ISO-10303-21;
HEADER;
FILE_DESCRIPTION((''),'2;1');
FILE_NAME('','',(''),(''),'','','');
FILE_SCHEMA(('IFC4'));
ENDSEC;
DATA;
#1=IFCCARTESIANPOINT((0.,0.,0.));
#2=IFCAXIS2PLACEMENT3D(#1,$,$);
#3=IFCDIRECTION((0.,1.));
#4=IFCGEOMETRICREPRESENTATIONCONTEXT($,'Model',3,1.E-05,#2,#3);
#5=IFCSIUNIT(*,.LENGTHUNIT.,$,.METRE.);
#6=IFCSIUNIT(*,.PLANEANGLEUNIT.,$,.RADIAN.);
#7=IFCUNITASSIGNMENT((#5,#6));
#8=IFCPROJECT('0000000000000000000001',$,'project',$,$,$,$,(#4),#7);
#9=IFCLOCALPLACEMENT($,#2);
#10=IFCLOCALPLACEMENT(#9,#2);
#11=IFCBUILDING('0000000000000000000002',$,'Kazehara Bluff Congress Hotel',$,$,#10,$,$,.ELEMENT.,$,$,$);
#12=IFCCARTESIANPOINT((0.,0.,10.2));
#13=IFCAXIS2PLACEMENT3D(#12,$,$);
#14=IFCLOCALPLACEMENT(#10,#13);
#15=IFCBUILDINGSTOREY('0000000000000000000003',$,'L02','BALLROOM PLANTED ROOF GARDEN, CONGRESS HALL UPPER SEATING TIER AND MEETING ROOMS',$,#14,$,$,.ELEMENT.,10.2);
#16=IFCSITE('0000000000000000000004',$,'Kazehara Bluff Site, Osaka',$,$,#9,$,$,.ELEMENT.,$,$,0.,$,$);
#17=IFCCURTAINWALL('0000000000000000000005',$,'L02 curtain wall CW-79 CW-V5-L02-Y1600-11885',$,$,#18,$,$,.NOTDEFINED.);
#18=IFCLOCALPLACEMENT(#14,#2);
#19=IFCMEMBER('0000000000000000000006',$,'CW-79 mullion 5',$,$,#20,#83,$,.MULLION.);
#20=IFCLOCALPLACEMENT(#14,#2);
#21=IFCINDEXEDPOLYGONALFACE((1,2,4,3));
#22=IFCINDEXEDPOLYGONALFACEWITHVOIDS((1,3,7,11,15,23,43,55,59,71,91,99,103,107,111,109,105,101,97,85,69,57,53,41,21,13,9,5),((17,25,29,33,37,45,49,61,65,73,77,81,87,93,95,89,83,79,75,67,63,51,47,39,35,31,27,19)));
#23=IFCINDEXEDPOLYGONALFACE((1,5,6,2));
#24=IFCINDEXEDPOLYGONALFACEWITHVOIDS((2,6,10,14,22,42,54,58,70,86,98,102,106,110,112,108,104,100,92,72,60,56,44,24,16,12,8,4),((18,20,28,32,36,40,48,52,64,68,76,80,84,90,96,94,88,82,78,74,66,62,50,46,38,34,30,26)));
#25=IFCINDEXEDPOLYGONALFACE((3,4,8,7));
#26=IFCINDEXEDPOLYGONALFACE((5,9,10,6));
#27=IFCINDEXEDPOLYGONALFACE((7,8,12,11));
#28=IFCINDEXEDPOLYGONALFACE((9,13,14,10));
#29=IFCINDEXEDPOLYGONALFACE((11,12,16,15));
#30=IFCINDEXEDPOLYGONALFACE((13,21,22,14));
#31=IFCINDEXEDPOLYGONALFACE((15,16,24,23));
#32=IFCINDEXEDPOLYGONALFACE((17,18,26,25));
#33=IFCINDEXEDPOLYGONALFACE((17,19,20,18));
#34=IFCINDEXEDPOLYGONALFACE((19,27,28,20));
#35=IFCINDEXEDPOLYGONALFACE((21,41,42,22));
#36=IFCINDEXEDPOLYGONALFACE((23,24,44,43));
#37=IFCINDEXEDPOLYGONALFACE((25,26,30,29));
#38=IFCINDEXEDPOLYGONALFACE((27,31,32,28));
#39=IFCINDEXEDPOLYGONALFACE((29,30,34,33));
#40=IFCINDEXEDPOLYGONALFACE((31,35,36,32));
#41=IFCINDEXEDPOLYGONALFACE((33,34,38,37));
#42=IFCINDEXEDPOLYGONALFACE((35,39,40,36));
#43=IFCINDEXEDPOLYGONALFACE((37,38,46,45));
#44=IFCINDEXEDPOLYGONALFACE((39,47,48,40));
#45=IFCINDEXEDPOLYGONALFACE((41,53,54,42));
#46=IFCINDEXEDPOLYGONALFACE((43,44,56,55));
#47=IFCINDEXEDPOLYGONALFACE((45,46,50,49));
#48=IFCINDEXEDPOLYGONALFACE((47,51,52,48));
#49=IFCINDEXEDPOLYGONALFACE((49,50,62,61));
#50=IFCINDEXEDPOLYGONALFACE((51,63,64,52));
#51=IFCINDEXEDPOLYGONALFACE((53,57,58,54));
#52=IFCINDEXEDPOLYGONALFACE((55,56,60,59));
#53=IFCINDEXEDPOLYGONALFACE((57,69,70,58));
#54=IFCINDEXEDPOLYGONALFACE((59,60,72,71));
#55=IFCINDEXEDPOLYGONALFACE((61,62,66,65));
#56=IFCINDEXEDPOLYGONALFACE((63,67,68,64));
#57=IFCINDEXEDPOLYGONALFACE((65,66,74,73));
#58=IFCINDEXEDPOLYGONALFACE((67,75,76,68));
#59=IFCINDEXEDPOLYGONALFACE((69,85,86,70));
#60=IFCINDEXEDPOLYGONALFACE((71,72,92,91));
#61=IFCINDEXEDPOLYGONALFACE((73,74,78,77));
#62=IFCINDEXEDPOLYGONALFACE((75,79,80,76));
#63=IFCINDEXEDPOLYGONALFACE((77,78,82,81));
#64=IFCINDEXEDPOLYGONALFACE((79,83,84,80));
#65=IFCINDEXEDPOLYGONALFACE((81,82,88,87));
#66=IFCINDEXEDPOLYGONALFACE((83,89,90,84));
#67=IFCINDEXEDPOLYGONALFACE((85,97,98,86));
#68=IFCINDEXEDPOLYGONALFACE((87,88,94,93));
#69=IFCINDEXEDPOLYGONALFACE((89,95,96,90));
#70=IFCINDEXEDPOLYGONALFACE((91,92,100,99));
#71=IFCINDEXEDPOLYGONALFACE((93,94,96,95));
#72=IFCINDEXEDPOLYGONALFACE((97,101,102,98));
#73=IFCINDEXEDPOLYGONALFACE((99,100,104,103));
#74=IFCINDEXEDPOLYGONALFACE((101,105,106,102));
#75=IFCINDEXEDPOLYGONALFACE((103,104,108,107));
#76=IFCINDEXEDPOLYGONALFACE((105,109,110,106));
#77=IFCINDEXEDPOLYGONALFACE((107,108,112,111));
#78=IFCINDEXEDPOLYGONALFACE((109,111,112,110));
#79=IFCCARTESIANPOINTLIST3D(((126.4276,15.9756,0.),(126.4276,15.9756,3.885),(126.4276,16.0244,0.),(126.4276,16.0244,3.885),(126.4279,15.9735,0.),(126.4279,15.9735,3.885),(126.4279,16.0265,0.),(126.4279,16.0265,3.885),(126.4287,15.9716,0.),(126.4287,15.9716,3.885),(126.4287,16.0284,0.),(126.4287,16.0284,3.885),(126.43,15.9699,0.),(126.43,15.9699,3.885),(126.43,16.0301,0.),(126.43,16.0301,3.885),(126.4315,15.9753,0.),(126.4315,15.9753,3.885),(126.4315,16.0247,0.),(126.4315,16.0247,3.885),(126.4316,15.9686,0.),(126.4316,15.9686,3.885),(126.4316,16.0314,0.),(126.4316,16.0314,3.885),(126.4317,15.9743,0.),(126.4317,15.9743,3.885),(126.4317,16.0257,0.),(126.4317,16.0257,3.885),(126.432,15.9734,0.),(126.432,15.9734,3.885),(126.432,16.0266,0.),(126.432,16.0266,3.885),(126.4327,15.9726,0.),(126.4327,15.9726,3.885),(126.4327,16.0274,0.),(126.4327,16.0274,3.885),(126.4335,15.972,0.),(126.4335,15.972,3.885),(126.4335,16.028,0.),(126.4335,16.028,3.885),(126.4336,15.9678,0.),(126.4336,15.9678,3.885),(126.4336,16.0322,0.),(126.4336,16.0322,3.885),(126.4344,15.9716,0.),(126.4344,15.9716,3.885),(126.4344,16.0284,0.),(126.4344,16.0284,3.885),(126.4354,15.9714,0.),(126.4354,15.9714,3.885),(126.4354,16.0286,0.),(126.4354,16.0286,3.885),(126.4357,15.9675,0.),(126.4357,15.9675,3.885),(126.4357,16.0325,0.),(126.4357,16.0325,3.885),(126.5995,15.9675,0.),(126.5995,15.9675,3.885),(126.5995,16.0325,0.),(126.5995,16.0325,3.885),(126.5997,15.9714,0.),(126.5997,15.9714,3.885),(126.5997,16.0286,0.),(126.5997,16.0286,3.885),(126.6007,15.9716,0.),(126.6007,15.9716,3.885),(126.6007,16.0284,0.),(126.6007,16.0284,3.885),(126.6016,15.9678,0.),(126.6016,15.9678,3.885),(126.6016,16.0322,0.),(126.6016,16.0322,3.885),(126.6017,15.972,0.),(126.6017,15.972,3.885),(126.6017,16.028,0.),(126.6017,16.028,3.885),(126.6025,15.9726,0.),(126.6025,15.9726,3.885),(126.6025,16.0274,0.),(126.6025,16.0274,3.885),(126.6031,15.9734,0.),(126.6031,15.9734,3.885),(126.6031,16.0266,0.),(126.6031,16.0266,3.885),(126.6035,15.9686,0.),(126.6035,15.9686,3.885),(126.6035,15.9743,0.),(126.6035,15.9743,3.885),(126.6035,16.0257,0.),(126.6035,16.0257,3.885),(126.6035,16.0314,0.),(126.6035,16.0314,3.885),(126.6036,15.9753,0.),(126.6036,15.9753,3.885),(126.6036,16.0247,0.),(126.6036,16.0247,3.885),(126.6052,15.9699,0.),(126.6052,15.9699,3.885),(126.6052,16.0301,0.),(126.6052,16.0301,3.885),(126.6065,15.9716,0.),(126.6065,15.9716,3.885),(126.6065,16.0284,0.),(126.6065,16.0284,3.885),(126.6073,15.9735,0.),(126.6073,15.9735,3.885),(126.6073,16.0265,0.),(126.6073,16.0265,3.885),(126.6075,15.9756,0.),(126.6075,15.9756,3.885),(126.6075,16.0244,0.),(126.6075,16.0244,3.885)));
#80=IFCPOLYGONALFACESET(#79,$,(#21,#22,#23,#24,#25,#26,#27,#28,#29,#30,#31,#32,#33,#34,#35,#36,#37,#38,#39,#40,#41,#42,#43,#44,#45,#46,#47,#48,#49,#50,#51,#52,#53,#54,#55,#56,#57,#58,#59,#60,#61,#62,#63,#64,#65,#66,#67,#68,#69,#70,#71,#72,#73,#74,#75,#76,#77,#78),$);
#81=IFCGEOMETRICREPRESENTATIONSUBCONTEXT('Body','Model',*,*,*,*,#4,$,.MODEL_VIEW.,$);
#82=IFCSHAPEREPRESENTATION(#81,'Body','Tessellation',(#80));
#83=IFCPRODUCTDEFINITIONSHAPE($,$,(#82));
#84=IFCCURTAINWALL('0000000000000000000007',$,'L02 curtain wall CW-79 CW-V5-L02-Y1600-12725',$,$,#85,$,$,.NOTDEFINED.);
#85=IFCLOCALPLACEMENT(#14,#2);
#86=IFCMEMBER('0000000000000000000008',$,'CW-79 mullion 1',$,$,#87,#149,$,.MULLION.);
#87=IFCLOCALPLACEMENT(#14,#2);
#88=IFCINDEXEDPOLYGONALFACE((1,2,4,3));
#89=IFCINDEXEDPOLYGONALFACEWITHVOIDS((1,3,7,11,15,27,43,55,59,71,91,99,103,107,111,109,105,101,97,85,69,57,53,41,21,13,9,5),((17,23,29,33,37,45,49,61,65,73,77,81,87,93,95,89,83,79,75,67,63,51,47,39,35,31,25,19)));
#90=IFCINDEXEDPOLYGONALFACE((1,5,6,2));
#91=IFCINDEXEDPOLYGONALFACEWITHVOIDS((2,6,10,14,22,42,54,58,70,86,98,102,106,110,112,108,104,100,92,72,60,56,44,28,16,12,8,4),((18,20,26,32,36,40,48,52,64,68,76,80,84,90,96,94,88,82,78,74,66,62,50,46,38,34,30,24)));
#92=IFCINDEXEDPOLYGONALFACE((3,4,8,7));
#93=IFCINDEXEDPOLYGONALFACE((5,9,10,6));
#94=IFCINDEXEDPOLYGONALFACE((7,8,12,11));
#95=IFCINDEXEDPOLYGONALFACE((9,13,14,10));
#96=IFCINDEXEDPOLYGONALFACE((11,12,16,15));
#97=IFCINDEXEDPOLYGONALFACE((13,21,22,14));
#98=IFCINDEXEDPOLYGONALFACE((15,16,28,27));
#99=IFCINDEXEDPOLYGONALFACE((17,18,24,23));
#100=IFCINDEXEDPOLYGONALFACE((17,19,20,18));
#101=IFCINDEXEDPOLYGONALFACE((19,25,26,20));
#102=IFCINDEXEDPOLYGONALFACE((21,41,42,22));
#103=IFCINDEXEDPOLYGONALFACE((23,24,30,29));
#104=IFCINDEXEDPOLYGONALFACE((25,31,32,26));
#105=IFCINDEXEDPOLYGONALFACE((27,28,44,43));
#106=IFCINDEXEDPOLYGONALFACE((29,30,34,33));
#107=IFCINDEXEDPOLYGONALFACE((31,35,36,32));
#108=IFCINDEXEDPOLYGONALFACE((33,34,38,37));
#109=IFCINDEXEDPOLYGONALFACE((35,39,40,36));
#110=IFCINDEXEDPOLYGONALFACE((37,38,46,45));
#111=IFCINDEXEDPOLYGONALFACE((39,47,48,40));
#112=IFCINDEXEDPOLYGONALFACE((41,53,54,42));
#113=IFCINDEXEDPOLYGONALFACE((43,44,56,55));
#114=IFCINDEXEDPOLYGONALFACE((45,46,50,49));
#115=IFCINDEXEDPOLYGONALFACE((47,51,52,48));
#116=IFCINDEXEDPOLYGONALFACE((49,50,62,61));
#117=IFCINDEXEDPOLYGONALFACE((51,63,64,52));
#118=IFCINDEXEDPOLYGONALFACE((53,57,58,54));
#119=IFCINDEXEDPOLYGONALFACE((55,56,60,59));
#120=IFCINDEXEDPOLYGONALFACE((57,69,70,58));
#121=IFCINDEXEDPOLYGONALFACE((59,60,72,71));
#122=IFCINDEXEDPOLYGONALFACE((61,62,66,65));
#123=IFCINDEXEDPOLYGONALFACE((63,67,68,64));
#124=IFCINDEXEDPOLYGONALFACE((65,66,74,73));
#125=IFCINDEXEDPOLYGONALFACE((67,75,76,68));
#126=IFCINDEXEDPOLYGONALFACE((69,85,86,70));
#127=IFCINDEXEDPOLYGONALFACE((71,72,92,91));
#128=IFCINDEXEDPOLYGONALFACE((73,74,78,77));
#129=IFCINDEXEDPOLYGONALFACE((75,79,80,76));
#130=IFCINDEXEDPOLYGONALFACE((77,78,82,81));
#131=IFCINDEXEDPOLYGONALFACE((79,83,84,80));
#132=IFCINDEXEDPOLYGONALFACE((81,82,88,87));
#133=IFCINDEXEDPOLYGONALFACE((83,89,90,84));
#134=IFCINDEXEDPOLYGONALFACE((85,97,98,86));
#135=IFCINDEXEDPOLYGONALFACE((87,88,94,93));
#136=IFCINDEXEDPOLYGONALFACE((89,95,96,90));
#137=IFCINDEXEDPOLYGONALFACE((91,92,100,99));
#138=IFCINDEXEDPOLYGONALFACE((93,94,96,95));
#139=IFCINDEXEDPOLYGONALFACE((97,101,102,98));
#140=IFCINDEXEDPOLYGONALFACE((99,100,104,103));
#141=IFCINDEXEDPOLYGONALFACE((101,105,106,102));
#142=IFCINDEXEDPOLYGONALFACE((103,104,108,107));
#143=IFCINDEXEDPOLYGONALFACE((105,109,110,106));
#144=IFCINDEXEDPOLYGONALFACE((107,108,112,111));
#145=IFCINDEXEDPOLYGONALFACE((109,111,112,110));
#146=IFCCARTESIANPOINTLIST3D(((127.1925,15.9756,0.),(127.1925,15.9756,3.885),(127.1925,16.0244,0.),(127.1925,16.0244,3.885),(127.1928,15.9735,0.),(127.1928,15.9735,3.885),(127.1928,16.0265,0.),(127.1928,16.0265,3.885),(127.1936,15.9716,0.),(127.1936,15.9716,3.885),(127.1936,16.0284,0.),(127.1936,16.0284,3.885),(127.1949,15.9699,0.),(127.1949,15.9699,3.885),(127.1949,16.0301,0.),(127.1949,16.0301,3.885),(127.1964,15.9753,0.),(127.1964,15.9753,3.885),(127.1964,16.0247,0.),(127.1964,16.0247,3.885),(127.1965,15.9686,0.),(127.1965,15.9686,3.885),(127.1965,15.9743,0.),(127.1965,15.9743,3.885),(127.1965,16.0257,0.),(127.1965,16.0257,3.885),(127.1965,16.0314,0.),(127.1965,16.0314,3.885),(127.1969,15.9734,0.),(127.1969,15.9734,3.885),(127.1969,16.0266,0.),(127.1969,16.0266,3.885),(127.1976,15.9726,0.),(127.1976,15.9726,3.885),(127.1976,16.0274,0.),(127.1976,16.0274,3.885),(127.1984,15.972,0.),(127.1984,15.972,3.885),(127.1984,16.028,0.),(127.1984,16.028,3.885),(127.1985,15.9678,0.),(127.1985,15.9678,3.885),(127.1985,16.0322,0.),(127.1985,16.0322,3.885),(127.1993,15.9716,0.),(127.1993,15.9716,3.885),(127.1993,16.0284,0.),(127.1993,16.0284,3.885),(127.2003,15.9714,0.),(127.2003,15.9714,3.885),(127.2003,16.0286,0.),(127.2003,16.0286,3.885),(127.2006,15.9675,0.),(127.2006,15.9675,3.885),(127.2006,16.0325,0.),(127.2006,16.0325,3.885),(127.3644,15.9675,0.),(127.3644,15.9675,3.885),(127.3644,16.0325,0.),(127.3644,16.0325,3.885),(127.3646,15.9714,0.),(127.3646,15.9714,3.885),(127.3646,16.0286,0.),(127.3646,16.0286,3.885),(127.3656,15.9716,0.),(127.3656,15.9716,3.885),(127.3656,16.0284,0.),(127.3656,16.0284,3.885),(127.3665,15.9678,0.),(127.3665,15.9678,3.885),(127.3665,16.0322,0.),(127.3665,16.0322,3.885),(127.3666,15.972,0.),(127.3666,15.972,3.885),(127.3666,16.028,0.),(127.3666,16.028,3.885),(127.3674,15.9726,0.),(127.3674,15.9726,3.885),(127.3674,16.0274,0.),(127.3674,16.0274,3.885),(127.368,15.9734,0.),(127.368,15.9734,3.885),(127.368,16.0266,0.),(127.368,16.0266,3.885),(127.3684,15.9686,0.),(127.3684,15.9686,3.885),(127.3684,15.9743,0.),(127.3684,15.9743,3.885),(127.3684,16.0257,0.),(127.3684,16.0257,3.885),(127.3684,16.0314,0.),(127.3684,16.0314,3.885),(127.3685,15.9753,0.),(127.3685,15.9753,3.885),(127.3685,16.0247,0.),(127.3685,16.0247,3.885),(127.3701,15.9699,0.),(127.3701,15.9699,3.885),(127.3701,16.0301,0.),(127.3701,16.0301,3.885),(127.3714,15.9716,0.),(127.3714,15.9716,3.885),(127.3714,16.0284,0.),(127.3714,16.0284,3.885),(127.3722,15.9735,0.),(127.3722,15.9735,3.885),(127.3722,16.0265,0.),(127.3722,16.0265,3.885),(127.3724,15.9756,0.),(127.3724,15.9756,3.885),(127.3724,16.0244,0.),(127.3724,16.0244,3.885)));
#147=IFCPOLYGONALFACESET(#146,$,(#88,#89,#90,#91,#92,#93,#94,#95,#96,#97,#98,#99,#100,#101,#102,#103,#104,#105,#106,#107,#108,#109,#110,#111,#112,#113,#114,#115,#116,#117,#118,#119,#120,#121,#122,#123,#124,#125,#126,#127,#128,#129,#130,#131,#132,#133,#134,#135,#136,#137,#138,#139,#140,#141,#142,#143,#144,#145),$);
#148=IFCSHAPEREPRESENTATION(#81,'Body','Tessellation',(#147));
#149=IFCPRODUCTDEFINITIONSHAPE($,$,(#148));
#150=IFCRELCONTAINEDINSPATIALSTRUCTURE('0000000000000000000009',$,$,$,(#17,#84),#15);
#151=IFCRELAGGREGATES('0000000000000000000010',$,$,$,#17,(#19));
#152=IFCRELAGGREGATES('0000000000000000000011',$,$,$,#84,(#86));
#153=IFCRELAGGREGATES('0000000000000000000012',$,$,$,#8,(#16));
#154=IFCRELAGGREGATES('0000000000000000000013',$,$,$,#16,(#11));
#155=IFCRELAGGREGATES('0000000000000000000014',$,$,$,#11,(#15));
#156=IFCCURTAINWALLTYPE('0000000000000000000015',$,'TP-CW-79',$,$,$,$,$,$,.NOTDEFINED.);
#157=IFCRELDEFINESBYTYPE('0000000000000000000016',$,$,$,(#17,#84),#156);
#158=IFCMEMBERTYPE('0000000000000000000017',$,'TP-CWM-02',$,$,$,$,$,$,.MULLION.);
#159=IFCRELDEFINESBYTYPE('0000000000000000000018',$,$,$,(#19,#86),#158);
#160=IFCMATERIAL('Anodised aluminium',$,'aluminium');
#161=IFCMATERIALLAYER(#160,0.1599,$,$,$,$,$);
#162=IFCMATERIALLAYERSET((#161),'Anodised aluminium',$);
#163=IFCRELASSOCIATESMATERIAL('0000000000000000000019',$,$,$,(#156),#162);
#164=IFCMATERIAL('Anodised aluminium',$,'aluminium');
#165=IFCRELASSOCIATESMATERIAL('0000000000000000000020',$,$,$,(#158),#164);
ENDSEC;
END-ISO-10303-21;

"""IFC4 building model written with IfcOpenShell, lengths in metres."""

from ifc_helpers import new_model, si_unit, direction, frame, origin, origin_2d, place, context, subcontext, project, spatial, hollow_rectangle, extrude, material, layer, layer_set, material_profile, profile_set, type_object, element, aggregate, save


model = new_model("IFC4")

# Units and contexts
model_context = context("Model", 3, precision=1e-05, world=origin(), true_north=direction((0.0, 1.0)))
body_context = subcontext(model_context, "Body", "Model", "MODEL_VIEW")
ifc_project = project(units=[si_unit("LENGTHUNIT", "METRE"), si_unit("PLANEANGLEUNIT", "RADIAN")], contexts=[model_context])

# Site, building, storey
site_placement = place(None, origin())
site = spatial("IfcSite", under=ifc_project, at=site_placement, Name="Kazehara Bluff Site, Osaka", CompositionType="ELEMENT", RefElevation=0.0)
building_placement = place(site_placement, origin())
building = spatial("IfcBuilding", under=site, at=building_placement, Name="Kazehara Bluff Congress Hotel", CompositionType="ELEMENT")
storey_placement = place(building_placement, frame((0.0, 0.0, 10.2)))
storey = spatial("IfcBuildingStorey", under=building, at=storey_placement, Name="L02", Description="BALLROOM PLANTED ROOF GARDEN, CONGRESS HALL UPPER SEATING TIER AND MEETING ROOMS", CompositionType="ELEMENT", Elevation=10.2)

# Curtain walls, members
ifc_material_1 = material(Name="Anodised aluminium", Category="aluminium")
ifc_layer_1 = layer(ifc_material_1, 0.1599)
ifc_layer_set_1 = layer_set([ifc_layer_1], Name="Anodised aluminium")
curtain_wall_type = type_object("IfcCurtainWallType", Name="TP-CW-79", PredefinedType="NOTDEFINED", material=ifc_layer_set_1)
curtain_wall_1_placement = place(storey_placement, origin())
curtain_wall_1 = element("IfcCurtainWall", 1, at=curtain_wall_1_placement, inside=storey, type_object=curtain_wall_type, Name="L02 curtain wall CW-79 CW-V5-L02-Y1600-11885", PredefinedType="NOTDEFINED")
ifc_material_2 = material(Name="Anodised aluminium", Category="aluminium")
ifc_material_profile_1 = material_profile(ifc_material_2, hollow_rectangle(XDim=0.0649, YDim=0.1799, WallThickness=0.0039, InnerFilletRadius=0.0039, OuterFilletRadius=0.0081, at=origin_2d()))
ifc_profile_set_1 = profile_set([ifc_material_profile_1], Name="Anodised aluminium")
member_type_1 = type_object("IfcMemberType", Name="TP-CWM-02", PredefinedType="MULLION", material=ifc_profile_set_1)
member_1_placement = place(storey_placement, frame((126.5176, 16.0, 0.0), z_axis=(0.0, 0.0, 1.0), x_axis=(0.0, 1.0, 0.0)))
member_1 = element("IfcMember", 2, at=member_1_placement, type_object=member_type_1, Name="CW-79 mullion 5", PredefinedType="MULLION", context=body_context, shape_type="SweptSolid", body=[
    extrude(hollow_rectangle(XDim=0.0649, YDim=0.1799, WallThickness=0.0039, InnerFilletRadius=0.0039, OuterFilletRadius=0.0081, at=origin_2d()), origin(), (0.0, 0.0, 1.0), 3.885),
])
curtain_wall_2_placement = place(storey_placement, origin())
curtain_wall_2 = element("IfcCurtainWall", 3, at=curtain_wall_2_placement, inside=storey, type_object=curtain_wall_type, Name="L02 curtain wall CW-79 CW-V5-L02-Y1600-12725", PredefinedType="NOTDEFINED")
member_2_placement = place(storey_placement, frame((127.2825, 16.0, 0.0), z_axis=(0.0, 0.0, 1.0), x_axis=(0.0, 1.0, 0.0)))
member_2 = element("IfcMember", 4, at=member_2_placement, type_object=member_type_1, Name="CW-79 mullion 1", PredefinedType="MULLION", context=body_context, shape_type="SweptSolid", body=[
    extrude(hollow_rectangle(XDim=0.0649, YDim=0.1799, WallThickness=0.0039, InnerFilletRadius=0.0039, OuterFilletRadius=0.0081, at=origin_2d()), origin(), (0.0, 0.0, 1.0), 3.885),
])

aggregate(curtain_wall_1, [member_1])
aggregate(curtain_wall_2, [member_2])

save(model, "model.ifc")
